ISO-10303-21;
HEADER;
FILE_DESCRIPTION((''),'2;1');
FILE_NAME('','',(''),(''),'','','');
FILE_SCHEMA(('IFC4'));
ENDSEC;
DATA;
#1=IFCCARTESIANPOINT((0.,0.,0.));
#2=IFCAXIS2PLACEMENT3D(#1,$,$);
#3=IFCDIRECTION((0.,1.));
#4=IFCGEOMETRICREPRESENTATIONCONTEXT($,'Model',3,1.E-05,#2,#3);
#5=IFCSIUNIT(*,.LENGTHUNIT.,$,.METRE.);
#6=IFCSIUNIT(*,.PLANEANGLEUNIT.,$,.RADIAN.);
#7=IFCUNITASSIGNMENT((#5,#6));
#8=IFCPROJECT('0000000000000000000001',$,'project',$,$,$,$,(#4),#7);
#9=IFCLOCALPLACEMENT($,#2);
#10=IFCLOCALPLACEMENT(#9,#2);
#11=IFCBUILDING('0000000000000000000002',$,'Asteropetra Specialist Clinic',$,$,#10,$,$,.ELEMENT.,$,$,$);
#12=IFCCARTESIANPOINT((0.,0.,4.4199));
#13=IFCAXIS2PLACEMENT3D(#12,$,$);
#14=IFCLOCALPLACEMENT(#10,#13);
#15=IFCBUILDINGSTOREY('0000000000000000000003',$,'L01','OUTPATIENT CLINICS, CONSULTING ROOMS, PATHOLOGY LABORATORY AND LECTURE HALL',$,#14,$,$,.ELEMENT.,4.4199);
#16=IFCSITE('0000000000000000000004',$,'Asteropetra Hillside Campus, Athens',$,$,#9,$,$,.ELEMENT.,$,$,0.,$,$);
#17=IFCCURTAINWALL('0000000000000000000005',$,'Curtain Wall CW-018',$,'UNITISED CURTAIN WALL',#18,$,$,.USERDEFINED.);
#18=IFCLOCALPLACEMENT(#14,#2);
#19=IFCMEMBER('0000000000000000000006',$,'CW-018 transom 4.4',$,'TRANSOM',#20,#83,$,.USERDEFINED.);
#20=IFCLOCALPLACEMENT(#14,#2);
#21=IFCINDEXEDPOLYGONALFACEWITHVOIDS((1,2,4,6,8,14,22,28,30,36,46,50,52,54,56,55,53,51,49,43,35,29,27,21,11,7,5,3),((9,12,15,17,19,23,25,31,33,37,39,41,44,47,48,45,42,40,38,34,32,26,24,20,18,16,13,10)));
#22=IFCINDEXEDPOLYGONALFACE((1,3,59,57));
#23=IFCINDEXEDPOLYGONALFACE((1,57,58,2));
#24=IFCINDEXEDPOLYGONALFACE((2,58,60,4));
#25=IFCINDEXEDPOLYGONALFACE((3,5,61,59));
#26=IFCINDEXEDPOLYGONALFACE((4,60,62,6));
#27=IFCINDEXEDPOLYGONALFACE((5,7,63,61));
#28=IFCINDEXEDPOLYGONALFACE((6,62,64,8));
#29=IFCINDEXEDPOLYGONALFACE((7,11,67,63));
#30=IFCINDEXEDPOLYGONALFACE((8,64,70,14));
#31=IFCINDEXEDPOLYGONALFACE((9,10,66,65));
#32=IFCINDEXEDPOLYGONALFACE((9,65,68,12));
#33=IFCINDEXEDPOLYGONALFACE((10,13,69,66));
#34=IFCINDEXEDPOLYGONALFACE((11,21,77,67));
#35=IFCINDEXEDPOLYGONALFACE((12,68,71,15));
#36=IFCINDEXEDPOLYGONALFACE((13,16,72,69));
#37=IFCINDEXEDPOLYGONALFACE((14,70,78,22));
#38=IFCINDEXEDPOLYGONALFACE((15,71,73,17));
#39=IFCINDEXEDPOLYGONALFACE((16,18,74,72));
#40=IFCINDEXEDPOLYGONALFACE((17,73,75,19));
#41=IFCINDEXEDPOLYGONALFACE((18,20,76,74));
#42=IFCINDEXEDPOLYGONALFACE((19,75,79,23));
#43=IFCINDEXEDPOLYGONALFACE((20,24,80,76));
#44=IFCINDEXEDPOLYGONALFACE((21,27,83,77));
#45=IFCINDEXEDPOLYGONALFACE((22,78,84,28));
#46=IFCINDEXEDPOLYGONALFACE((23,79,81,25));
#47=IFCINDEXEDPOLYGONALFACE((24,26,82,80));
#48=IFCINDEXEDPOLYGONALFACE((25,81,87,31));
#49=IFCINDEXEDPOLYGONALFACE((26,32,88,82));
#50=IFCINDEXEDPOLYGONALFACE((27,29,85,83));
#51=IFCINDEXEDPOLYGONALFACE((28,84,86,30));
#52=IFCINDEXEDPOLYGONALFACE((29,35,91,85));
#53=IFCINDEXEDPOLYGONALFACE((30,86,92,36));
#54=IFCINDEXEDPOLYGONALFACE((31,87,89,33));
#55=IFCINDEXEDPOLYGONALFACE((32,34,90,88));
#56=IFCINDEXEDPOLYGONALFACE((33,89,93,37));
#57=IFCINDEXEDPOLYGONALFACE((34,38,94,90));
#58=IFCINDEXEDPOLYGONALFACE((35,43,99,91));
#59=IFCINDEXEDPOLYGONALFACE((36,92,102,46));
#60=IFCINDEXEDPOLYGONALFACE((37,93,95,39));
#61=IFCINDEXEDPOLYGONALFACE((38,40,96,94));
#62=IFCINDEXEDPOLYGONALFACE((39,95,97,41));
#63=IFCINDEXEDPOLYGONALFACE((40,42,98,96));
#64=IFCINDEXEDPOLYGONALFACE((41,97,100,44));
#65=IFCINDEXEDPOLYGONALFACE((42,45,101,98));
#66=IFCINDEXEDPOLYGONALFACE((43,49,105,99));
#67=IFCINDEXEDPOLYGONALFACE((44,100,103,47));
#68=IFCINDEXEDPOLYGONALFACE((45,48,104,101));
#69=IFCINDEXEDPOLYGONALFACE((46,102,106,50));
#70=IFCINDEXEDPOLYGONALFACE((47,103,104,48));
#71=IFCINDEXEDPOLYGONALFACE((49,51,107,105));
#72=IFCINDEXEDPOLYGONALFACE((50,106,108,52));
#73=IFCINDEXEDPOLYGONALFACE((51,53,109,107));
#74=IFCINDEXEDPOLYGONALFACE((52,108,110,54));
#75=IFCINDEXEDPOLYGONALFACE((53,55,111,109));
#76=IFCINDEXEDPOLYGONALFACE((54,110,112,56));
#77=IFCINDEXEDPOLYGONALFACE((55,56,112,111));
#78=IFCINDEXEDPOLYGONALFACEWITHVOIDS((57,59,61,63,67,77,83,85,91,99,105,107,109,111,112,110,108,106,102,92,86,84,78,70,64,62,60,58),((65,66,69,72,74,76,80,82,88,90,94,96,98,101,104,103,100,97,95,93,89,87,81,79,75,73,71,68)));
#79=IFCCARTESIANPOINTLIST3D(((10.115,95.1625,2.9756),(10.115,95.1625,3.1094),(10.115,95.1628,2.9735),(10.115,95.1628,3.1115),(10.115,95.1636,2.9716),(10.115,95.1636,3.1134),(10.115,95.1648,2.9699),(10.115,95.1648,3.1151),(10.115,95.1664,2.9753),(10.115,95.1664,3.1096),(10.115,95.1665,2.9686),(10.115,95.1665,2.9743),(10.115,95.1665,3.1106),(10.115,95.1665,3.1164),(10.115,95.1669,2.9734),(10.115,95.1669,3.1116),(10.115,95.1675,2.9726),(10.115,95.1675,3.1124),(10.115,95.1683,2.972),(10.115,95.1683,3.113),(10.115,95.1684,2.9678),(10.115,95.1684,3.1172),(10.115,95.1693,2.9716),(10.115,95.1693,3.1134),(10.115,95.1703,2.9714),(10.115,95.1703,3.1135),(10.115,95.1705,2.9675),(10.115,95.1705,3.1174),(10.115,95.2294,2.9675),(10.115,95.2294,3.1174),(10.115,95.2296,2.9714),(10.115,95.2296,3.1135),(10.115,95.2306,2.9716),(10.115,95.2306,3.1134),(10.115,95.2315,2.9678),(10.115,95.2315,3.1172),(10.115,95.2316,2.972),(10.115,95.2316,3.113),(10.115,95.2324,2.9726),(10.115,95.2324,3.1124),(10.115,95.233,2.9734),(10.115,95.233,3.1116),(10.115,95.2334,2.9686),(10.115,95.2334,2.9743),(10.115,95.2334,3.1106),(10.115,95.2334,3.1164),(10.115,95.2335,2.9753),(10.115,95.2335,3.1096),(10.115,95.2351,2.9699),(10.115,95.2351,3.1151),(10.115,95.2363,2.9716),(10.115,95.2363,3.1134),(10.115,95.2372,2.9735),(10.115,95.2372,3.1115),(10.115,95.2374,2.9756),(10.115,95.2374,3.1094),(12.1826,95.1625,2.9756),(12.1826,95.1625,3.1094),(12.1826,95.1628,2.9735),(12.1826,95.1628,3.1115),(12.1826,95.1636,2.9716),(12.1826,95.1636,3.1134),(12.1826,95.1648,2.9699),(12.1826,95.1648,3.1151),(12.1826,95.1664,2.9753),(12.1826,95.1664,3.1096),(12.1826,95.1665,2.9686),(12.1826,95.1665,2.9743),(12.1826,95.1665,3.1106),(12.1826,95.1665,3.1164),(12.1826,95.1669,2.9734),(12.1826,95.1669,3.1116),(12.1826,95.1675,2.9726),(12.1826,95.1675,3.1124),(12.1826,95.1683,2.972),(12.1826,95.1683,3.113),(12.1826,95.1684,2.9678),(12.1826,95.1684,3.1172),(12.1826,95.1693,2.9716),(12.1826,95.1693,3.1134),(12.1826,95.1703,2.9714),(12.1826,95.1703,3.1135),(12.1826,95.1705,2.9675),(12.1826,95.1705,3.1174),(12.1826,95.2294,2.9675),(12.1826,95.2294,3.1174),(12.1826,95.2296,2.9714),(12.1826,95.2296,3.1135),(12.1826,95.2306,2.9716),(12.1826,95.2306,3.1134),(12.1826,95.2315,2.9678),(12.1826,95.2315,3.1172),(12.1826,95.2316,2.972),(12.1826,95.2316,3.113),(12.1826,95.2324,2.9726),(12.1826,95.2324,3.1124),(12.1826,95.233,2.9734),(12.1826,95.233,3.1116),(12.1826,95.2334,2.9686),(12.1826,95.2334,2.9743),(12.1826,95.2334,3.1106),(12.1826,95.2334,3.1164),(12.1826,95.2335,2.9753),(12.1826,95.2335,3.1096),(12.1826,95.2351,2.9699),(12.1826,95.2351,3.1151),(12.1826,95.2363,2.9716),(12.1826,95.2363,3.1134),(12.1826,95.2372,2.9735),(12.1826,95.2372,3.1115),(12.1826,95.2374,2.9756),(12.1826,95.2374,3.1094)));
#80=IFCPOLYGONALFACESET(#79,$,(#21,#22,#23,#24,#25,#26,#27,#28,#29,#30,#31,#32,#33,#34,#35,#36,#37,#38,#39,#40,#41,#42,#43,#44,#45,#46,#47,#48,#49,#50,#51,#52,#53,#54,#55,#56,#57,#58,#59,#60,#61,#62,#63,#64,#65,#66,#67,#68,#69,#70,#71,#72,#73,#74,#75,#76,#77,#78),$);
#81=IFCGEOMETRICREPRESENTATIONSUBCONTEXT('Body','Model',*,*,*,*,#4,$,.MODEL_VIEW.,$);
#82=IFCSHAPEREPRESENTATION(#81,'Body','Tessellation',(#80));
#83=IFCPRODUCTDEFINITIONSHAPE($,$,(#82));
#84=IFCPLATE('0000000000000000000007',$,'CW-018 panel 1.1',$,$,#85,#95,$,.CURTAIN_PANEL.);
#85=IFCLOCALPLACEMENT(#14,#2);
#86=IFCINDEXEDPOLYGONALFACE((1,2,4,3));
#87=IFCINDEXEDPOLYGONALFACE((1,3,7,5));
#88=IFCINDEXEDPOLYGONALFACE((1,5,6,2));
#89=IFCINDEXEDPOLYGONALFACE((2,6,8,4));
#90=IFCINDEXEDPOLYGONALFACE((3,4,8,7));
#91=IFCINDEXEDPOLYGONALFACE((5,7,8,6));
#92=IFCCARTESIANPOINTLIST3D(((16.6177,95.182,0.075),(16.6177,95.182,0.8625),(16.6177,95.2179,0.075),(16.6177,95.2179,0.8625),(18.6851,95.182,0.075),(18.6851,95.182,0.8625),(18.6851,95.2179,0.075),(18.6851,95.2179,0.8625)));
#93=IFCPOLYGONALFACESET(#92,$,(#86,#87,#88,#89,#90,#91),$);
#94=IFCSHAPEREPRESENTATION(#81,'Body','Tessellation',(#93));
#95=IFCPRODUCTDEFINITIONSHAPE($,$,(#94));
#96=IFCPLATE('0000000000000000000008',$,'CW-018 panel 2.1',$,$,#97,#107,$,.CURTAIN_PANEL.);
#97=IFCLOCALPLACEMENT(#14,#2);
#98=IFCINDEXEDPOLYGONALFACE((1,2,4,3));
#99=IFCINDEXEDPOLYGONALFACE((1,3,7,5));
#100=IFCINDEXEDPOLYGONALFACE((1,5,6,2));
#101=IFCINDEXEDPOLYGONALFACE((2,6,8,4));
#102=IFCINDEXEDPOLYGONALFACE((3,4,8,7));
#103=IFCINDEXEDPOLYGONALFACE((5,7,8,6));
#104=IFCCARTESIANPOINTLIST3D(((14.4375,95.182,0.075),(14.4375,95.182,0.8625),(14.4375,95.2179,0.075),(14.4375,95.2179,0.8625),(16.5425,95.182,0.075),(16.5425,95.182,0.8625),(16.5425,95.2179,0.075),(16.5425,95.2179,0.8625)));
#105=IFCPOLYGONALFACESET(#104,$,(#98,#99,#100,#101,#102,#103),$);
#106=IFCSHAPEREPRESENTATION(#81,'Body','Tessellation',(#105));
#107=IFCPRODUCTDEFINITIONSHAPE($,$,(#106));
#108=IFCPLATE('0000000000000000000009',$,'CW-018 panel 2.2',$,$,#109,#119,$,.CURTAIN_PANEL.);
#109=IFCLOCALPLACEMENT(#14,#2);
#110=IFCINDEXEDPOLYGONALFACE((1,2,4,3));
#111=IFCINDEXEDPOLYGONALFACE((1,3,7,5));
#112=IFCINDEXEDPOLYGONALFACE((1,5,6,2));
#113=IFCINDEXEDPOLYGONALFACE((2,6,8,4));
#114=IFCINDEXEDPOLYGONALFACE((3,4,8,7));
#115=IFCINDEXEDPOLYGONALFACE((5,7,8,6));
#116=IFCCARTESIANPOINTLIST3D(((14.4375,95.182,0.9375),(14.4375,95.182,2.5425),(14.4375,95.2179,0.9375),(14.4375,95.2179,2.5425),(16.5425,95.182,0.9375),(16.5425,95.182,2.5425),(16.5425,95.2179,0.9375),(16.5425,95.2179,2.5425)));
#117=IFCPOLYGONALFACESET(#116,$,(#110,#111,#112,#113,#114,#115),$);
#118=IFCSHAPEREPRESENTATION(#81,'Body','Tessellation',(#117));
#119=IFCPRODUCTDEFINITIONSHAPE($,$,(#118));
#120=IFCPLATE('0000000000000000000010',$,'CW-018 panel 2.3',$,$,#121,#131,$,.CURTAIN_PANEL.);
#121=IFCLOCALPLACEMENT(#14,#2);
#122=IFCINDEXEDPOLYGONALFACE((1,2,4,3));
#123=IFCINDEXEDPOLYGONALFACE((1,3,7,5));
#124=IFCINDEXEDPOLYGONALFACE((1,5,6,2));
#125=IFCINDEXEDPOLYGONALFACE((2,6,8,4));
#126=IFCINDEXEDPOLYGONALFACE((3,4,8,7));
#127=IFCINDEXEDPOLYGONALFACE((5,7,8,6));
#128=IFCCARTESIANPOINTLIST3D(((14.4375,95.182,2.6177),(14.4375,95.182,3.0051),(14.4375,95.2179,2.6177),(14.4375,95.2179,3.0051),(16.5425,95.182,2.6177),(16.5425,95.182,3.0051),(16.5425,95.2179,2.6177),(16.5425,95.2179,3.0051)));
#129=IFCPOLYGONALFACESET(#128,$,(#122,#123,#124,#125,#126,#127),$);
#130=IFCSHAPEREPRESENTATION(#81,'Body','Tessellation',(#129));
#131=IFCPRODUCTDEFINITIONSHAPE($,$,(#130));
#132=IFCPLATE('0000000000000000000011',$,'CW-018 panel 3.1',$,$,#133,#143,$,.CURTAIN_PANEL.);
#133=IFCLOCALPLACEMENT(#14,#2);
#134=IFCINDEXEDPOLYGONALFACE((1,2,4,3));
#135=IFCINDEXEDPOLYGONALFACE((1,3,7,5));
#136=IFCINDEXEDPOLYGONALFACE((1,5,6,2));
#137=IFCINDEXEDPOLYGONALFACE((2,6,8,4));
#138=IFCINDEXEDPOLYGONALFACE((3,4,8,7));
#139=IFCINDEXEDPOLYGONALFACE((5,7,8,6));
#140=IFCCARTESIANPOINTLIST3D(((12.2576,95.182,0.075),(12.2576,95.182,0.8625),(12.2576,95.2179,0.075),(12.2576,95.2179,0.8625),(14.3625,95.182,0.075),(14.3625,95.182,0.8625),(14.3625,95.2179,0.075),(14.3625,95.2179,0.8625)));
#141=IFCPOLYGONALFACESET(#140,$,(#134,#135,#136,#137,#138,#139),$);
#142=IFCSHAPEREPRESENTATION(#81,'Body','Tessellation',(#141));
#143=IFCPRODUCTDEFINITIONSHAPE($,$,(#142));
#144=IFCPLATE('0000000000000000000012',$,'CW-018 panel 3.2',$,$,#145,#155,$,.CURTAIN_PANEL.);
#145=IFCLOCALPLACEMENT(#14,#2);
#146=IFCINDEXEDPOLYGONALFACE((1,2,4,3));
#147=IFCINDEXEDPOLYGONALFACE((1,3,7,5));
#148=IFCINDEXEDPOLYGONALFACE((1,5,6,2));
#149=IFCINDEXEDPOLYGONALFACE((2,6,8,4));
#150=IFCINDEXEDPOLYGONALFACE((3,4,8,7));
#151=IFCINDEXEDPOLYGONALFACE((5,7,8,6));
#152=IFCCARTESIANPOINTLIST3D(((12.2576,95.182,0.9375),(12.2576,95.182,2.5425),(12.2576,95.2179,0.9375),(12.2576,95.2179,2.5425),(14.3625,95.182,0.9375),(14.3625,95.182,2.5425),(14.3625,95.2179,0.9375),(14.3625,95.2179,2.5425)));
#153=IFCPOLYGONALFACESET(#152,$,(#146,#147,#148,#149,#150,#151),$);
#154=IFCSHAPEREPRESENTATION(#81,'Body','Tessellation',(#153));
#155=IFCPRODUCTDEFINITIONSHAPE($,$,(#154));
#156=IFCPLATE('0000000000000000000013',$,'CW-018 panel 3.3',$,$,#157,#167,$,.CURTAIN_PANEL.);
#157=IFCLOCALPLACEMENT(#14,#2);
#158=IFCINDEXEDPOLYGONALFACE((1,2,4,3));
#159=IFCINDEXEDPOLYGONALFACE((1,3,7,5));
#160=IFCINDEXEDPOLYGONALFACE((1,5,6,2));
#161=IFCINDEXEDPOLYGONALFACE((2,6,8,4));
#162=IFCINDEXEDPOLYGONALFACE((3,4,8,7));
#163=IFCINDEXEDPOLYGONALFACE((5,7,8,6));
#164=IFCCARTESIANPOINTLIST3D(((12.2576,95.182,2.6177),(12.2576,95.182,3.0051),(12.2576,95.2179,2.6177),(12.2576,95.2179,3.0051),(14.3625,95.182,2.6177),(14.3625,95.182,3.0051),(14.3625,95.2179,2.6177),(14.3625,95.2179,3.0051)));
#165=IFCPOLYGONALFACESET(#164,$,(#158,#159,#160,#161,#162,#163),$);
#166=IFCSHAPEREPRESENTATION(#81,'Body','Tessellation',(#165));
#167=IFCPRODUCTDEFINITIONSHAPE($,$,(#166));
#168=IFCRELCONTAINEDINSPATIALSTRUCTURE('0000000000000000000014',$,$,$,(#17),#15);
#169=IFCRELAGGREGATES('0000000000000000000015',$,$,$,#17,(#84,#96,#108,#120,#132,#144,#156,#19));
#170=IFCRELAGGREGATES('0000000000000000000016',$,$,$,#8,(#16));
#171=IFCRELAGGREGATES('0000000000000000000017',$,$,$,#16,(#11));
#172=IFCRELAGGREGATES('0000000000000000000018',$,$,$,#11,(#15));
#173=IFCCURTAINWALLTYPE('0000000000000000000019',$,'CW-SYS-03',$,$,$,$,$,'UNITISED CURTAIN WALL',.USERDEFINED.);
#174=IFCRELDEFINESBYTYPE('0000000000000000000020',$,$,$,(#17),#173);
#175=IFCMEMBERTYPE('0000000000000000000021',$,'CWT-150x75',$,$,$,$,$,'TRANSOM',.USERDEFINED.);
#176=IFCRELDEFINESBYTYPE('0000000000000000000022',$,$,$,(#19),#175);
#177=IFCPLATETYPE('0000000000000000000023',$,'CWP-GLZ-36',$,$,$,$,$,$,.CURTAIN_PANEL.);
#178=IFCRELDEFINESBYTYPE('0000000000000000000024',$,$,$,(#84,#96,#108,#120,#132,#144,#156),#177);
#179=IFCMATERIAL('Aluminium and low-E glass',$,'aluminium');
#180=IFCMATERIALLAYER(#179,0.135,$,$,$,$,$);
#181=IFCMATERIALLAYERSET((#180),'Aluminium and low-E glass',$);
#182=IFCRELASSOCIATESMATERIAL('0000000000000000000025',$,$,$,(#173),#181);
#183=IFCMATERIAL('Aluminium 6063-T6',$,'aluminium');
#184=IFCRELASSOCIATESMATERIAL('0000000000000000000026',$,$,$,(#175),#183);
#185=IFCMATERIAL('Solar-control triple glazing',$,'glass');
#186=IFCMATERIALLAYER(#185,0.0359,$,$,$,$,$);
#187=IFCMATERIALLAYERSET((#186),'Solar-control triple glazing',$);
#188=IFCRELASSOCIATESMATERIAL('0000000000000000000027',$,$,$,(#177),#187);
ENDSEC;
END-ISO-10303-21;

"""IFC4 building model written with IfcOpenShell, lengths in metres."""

from ifc_helpers import new_model, si_unit, direction, frame, origin, origin_2d, place, context, subcontext, project, spatial, rectangle, hollow_rectangle, extrude, material, layer, layer_set, material_profile, profile_set, type_object, element, aggregate, save


model = new_model("IFC4")

# Units and contexts
model_context = context("Model", 3, precision=1e-05, world=origin(), true_north=direction((0.0, 1.0)))
body_context = subcontext(model_context, "Body", "Model", "MODEL_VIEW")
ifc_project = project(units=[si_unit("LENGTHUNIT", "METRE"), si_unit("PLANEANGLEUNIT", "RADIAN")], contexts=[model_context])

# Site, building, storey
site_placement = place(None, origin())
site = spatial("IfcSite", under=ifc_project, at=site_placement, Name="Asteropetra Hillside Campus, Athens", CompositionType="ELEMENT", RefElevation=0.0)
building_placement = place(site_placement, origin())
building = spatial("IfcBuilding", under=site, at=building_placement, Name="Asteropetra Specialist Clinic", CompositionType="ELEMENT")
storey_placement = place(building_placement, frame((0.0, 0.0, 4.4199)))
storey = spatial("IfcBuildingStorey", under=building, at=storey_placement, Name="L01", Description="OUTPATIENT CLINICS, CONSULTING ROOMS, PATHOLOGY LABORATORY AND LECTURE HALL", CompositionType="ELEMENT", Elevation=4.4199)

# Curtain wall, member, plates
ifc_material_1 = material(Name="Aluminium and low-E glass", Category="aluminium")
ifc_layer_1 = layer(ifc_material_1, 0.135)
ifc_layer_set_1 = layer_set([ifc_layer_1], Name="Aluminium and low-E glass")
curtain_wall_type = type_object("IfcCurtainWallType", Name="CW-SYS-03", ElementType="UNITISED CURTAIN WALL", PredefinedType="USERDEFINED", material=ifc_layer_set_1)
curtain_wall_placement = place(storey_placement, origin())
curtain_wall = element("IfcCurtainWall", 1, at=curtain_wall_placement, inside=storey, type_object=curtain_wall_type, Name="Curtain Wall CW-018", ObjectType="UNITISED CURTAIN WALL", PredefinedType="USERDEFINED")
ifc_material_2 = material(Name="Aluminium 6063-T6", Category="aluminium")
ifc_material_profile_1 = material_profile(ifc_material_2, hollow_rectangle(XDim=0.075, YDim=0.1499, WallThickness=0.0039, InnerFilletRadius=0.0039, OuterFilletRadius=0.0081, at=origin_2d()), Name="TRN 150x75x4.0")
ifc_profile_set_1 = profile_set([ifc_material_profile_1], Name="Aluminium 6063-T6")
member_type_1 = type_object("IfcMemberType", Name="CWT-150x75", ElementType="TRANSOM", PredefinedType="USERDEFINED", material=ifc_profile_set_1)
member_1_placement = place(storey_placement, frame((12.1826, 95.2, 3.0425), z_axis=(-1.0, 0.0, 0.0), x_axis=(0.0, -1.0, 0.0)))
member_1 = element("IfcMember", 2, at=member_1_placement, type_object=member_type_1, Name="CW-018 transom 4.4", ObjectType="TRANSOM", PredefinedType="USERDEFINED", context=body_context, shape_type="SweptSolid", body=[
    extrude(hollow_rectangle(XDim=0.075, YDim=0.1499, WallThickness=0.0039, InnerFilletRadius=0.0039, OuterFilletRadius=0.0081, at=origin_2d()), origin(), (0.0, 0.0, 1.0), 2.0676),
])
ifc_material_3 = material(Name="Solar-control triple glazing", Category="glass")
ifc_layer_2 = layer(ifc_material_3, 0.0359)
ifc_layer_set_2 = layer_set([ifc_layer_2], Name="Solar-control triple glazing")
plate_type = type_object("IfcPlateType", Name="CWP-GLZ-36", PredefinedType="CURTAIN_PANEL", material=ifc_layer_set_2)
plate_1_placement = place(storey_placement, frame((17.6514, 95.2, 0.075), z_axis=(0.0, 0.0, 1.0), x_axis=(-1.0, 0.0, 0.0)))
plate_1 = element("IfcPlate", 3, at=plate_1_placement, type_object=plate_type, Name="CW-018 panel 1.1", PredefinedType="CURTAIN_PANEL", context=body_context, shape_type="SweptSolid", body=[
    extrude(rectangle(XDim=2.0674, YDim=0.0359, at=origin_2d()), origin(), (0.0, 0.0, 1.0), 0.7876),
])
plate_2_placement = place(storey_placement, frame((15.49, 95.2, 0.075), z_axis=(0.0, 0.0, 1.0), x_axis=(-1.0, 0.0, 0.0)))
plate_2 = element("IfcPlate", 4, at=plate_2_placement, type_object=plate_type, Name="CW-018 panel 2.1", PredefinedType="CURTAIN_PANEL", context=body_context, shape_type="SweptSolid", body=[
    extrude(rectangle(XDim=2.105, YDim=0.0359, at=origin_2d()), origin(), (0.0, 0.0, 1.0), 0.7876),
])
plate_3_placement = place(storey_placement, frame((15.49, 95.2, 0.9375), z_axis=(0.0, 0.0, 1.0), x_axis=(-1.0, 0.0, 0.0)))
plate_3 = element("IfcPlate", 5, at=plate_3_placement, type_object=plate_type, Name="CW-018 panel 2.2", PredefinedType="CURTAIN_PANEL", context=body_context, shape_type="SweptSolid", body=[
    extrude(rectangle(XDim=2.105, YDim=0.0359, at=origin_2d()), origin(), (0.0, 0.0, 1.0), 1.605),
])
plate_4_placement = place(storey_placement, frame((15.49, 95.2, 2.6177), z_axis=(0.0, 0.0, 1.0), x_axis=(-1.0, 0.0, 0.0)))
plate_4 = element("IfcPlate", 6, at=plate_4_placement, type_object=plate_type, Name="CW-018 panel 2.3", PredefinedType="CURTAIN_PANEL", context=body_context, shape_type="SweptSolid", body=[
    extrude(rectangle(XDim=2.105, YDim=0.0359, at=origin_2d()), origin(), (0.0, 0.0, 1.0), 0.3875),
])
plate_5_placement = place(storey_placement, frame((13.3101, 95.2, 0.075), z_axis=(0.0, 0.0, 1.0), x_axis=(-1.0, 0.0, 0.0)))
plate_5 = element("IfcPlate", 7, at=plate_5_placement, type_object=plate_type, Name="CW-018 panel 3.1", PredefinedType="CURTAIN_PANEL", context=body_context, shape_type="SweptSolid", body=[
    extrude(rectangle(XDim=2.105, YDim=0.0359, at=origin_2d()), origin(), (0.0, 0.0, 1.0), 0.7876),
])
plate_6_placement = place(storey_placement, frame((13.3101, 95.2, 0.9375), z_axis=(0.0, 0.0, 1.0), x_axis=(-1.0, 0.0, 0.0)))
plate_6 = element("IfcPlate", 8, at=plate_6_placement, type_object=plate_type, Name="CW-018 panel 3.2", PredefinedType="CURTAIN_PANEL", context=body_context, shape_type="SweptSolid", body=[
    extrude(rectangle(XDim=2.105, YDim=0.0359, at=origin_2d()), origin(), (0.0, 0.0, 1.0), 1.605),
])
plate_7_placement = place(storey_placement, frame((13.3101, 95.2, 2.6177), z_axis=(0.0, 0.0, 1.0), x_axis=(-1.0, 0.0, 0.0)))
plate_7 = element("IfcPlate", 9, at=plate_7_placement, type_object=plate_type, Name="CW-018 panel 3.3", PredefinedType="CURTAIN_PANEL", context=body_context, shape_type="SweptSolid", body=[
    extrude(rectangle(XDim=2.105, YDim=0.0359, at=origin_2d()), origin(), (0.0, 0.0, 1.0), 0.3875),
])
aggregate(curtain_wall, [plate_1, plate_2, plate_3, plate_4, plate_5, plate_6, plate_7, member_1])

save(model, "model.ifc")
